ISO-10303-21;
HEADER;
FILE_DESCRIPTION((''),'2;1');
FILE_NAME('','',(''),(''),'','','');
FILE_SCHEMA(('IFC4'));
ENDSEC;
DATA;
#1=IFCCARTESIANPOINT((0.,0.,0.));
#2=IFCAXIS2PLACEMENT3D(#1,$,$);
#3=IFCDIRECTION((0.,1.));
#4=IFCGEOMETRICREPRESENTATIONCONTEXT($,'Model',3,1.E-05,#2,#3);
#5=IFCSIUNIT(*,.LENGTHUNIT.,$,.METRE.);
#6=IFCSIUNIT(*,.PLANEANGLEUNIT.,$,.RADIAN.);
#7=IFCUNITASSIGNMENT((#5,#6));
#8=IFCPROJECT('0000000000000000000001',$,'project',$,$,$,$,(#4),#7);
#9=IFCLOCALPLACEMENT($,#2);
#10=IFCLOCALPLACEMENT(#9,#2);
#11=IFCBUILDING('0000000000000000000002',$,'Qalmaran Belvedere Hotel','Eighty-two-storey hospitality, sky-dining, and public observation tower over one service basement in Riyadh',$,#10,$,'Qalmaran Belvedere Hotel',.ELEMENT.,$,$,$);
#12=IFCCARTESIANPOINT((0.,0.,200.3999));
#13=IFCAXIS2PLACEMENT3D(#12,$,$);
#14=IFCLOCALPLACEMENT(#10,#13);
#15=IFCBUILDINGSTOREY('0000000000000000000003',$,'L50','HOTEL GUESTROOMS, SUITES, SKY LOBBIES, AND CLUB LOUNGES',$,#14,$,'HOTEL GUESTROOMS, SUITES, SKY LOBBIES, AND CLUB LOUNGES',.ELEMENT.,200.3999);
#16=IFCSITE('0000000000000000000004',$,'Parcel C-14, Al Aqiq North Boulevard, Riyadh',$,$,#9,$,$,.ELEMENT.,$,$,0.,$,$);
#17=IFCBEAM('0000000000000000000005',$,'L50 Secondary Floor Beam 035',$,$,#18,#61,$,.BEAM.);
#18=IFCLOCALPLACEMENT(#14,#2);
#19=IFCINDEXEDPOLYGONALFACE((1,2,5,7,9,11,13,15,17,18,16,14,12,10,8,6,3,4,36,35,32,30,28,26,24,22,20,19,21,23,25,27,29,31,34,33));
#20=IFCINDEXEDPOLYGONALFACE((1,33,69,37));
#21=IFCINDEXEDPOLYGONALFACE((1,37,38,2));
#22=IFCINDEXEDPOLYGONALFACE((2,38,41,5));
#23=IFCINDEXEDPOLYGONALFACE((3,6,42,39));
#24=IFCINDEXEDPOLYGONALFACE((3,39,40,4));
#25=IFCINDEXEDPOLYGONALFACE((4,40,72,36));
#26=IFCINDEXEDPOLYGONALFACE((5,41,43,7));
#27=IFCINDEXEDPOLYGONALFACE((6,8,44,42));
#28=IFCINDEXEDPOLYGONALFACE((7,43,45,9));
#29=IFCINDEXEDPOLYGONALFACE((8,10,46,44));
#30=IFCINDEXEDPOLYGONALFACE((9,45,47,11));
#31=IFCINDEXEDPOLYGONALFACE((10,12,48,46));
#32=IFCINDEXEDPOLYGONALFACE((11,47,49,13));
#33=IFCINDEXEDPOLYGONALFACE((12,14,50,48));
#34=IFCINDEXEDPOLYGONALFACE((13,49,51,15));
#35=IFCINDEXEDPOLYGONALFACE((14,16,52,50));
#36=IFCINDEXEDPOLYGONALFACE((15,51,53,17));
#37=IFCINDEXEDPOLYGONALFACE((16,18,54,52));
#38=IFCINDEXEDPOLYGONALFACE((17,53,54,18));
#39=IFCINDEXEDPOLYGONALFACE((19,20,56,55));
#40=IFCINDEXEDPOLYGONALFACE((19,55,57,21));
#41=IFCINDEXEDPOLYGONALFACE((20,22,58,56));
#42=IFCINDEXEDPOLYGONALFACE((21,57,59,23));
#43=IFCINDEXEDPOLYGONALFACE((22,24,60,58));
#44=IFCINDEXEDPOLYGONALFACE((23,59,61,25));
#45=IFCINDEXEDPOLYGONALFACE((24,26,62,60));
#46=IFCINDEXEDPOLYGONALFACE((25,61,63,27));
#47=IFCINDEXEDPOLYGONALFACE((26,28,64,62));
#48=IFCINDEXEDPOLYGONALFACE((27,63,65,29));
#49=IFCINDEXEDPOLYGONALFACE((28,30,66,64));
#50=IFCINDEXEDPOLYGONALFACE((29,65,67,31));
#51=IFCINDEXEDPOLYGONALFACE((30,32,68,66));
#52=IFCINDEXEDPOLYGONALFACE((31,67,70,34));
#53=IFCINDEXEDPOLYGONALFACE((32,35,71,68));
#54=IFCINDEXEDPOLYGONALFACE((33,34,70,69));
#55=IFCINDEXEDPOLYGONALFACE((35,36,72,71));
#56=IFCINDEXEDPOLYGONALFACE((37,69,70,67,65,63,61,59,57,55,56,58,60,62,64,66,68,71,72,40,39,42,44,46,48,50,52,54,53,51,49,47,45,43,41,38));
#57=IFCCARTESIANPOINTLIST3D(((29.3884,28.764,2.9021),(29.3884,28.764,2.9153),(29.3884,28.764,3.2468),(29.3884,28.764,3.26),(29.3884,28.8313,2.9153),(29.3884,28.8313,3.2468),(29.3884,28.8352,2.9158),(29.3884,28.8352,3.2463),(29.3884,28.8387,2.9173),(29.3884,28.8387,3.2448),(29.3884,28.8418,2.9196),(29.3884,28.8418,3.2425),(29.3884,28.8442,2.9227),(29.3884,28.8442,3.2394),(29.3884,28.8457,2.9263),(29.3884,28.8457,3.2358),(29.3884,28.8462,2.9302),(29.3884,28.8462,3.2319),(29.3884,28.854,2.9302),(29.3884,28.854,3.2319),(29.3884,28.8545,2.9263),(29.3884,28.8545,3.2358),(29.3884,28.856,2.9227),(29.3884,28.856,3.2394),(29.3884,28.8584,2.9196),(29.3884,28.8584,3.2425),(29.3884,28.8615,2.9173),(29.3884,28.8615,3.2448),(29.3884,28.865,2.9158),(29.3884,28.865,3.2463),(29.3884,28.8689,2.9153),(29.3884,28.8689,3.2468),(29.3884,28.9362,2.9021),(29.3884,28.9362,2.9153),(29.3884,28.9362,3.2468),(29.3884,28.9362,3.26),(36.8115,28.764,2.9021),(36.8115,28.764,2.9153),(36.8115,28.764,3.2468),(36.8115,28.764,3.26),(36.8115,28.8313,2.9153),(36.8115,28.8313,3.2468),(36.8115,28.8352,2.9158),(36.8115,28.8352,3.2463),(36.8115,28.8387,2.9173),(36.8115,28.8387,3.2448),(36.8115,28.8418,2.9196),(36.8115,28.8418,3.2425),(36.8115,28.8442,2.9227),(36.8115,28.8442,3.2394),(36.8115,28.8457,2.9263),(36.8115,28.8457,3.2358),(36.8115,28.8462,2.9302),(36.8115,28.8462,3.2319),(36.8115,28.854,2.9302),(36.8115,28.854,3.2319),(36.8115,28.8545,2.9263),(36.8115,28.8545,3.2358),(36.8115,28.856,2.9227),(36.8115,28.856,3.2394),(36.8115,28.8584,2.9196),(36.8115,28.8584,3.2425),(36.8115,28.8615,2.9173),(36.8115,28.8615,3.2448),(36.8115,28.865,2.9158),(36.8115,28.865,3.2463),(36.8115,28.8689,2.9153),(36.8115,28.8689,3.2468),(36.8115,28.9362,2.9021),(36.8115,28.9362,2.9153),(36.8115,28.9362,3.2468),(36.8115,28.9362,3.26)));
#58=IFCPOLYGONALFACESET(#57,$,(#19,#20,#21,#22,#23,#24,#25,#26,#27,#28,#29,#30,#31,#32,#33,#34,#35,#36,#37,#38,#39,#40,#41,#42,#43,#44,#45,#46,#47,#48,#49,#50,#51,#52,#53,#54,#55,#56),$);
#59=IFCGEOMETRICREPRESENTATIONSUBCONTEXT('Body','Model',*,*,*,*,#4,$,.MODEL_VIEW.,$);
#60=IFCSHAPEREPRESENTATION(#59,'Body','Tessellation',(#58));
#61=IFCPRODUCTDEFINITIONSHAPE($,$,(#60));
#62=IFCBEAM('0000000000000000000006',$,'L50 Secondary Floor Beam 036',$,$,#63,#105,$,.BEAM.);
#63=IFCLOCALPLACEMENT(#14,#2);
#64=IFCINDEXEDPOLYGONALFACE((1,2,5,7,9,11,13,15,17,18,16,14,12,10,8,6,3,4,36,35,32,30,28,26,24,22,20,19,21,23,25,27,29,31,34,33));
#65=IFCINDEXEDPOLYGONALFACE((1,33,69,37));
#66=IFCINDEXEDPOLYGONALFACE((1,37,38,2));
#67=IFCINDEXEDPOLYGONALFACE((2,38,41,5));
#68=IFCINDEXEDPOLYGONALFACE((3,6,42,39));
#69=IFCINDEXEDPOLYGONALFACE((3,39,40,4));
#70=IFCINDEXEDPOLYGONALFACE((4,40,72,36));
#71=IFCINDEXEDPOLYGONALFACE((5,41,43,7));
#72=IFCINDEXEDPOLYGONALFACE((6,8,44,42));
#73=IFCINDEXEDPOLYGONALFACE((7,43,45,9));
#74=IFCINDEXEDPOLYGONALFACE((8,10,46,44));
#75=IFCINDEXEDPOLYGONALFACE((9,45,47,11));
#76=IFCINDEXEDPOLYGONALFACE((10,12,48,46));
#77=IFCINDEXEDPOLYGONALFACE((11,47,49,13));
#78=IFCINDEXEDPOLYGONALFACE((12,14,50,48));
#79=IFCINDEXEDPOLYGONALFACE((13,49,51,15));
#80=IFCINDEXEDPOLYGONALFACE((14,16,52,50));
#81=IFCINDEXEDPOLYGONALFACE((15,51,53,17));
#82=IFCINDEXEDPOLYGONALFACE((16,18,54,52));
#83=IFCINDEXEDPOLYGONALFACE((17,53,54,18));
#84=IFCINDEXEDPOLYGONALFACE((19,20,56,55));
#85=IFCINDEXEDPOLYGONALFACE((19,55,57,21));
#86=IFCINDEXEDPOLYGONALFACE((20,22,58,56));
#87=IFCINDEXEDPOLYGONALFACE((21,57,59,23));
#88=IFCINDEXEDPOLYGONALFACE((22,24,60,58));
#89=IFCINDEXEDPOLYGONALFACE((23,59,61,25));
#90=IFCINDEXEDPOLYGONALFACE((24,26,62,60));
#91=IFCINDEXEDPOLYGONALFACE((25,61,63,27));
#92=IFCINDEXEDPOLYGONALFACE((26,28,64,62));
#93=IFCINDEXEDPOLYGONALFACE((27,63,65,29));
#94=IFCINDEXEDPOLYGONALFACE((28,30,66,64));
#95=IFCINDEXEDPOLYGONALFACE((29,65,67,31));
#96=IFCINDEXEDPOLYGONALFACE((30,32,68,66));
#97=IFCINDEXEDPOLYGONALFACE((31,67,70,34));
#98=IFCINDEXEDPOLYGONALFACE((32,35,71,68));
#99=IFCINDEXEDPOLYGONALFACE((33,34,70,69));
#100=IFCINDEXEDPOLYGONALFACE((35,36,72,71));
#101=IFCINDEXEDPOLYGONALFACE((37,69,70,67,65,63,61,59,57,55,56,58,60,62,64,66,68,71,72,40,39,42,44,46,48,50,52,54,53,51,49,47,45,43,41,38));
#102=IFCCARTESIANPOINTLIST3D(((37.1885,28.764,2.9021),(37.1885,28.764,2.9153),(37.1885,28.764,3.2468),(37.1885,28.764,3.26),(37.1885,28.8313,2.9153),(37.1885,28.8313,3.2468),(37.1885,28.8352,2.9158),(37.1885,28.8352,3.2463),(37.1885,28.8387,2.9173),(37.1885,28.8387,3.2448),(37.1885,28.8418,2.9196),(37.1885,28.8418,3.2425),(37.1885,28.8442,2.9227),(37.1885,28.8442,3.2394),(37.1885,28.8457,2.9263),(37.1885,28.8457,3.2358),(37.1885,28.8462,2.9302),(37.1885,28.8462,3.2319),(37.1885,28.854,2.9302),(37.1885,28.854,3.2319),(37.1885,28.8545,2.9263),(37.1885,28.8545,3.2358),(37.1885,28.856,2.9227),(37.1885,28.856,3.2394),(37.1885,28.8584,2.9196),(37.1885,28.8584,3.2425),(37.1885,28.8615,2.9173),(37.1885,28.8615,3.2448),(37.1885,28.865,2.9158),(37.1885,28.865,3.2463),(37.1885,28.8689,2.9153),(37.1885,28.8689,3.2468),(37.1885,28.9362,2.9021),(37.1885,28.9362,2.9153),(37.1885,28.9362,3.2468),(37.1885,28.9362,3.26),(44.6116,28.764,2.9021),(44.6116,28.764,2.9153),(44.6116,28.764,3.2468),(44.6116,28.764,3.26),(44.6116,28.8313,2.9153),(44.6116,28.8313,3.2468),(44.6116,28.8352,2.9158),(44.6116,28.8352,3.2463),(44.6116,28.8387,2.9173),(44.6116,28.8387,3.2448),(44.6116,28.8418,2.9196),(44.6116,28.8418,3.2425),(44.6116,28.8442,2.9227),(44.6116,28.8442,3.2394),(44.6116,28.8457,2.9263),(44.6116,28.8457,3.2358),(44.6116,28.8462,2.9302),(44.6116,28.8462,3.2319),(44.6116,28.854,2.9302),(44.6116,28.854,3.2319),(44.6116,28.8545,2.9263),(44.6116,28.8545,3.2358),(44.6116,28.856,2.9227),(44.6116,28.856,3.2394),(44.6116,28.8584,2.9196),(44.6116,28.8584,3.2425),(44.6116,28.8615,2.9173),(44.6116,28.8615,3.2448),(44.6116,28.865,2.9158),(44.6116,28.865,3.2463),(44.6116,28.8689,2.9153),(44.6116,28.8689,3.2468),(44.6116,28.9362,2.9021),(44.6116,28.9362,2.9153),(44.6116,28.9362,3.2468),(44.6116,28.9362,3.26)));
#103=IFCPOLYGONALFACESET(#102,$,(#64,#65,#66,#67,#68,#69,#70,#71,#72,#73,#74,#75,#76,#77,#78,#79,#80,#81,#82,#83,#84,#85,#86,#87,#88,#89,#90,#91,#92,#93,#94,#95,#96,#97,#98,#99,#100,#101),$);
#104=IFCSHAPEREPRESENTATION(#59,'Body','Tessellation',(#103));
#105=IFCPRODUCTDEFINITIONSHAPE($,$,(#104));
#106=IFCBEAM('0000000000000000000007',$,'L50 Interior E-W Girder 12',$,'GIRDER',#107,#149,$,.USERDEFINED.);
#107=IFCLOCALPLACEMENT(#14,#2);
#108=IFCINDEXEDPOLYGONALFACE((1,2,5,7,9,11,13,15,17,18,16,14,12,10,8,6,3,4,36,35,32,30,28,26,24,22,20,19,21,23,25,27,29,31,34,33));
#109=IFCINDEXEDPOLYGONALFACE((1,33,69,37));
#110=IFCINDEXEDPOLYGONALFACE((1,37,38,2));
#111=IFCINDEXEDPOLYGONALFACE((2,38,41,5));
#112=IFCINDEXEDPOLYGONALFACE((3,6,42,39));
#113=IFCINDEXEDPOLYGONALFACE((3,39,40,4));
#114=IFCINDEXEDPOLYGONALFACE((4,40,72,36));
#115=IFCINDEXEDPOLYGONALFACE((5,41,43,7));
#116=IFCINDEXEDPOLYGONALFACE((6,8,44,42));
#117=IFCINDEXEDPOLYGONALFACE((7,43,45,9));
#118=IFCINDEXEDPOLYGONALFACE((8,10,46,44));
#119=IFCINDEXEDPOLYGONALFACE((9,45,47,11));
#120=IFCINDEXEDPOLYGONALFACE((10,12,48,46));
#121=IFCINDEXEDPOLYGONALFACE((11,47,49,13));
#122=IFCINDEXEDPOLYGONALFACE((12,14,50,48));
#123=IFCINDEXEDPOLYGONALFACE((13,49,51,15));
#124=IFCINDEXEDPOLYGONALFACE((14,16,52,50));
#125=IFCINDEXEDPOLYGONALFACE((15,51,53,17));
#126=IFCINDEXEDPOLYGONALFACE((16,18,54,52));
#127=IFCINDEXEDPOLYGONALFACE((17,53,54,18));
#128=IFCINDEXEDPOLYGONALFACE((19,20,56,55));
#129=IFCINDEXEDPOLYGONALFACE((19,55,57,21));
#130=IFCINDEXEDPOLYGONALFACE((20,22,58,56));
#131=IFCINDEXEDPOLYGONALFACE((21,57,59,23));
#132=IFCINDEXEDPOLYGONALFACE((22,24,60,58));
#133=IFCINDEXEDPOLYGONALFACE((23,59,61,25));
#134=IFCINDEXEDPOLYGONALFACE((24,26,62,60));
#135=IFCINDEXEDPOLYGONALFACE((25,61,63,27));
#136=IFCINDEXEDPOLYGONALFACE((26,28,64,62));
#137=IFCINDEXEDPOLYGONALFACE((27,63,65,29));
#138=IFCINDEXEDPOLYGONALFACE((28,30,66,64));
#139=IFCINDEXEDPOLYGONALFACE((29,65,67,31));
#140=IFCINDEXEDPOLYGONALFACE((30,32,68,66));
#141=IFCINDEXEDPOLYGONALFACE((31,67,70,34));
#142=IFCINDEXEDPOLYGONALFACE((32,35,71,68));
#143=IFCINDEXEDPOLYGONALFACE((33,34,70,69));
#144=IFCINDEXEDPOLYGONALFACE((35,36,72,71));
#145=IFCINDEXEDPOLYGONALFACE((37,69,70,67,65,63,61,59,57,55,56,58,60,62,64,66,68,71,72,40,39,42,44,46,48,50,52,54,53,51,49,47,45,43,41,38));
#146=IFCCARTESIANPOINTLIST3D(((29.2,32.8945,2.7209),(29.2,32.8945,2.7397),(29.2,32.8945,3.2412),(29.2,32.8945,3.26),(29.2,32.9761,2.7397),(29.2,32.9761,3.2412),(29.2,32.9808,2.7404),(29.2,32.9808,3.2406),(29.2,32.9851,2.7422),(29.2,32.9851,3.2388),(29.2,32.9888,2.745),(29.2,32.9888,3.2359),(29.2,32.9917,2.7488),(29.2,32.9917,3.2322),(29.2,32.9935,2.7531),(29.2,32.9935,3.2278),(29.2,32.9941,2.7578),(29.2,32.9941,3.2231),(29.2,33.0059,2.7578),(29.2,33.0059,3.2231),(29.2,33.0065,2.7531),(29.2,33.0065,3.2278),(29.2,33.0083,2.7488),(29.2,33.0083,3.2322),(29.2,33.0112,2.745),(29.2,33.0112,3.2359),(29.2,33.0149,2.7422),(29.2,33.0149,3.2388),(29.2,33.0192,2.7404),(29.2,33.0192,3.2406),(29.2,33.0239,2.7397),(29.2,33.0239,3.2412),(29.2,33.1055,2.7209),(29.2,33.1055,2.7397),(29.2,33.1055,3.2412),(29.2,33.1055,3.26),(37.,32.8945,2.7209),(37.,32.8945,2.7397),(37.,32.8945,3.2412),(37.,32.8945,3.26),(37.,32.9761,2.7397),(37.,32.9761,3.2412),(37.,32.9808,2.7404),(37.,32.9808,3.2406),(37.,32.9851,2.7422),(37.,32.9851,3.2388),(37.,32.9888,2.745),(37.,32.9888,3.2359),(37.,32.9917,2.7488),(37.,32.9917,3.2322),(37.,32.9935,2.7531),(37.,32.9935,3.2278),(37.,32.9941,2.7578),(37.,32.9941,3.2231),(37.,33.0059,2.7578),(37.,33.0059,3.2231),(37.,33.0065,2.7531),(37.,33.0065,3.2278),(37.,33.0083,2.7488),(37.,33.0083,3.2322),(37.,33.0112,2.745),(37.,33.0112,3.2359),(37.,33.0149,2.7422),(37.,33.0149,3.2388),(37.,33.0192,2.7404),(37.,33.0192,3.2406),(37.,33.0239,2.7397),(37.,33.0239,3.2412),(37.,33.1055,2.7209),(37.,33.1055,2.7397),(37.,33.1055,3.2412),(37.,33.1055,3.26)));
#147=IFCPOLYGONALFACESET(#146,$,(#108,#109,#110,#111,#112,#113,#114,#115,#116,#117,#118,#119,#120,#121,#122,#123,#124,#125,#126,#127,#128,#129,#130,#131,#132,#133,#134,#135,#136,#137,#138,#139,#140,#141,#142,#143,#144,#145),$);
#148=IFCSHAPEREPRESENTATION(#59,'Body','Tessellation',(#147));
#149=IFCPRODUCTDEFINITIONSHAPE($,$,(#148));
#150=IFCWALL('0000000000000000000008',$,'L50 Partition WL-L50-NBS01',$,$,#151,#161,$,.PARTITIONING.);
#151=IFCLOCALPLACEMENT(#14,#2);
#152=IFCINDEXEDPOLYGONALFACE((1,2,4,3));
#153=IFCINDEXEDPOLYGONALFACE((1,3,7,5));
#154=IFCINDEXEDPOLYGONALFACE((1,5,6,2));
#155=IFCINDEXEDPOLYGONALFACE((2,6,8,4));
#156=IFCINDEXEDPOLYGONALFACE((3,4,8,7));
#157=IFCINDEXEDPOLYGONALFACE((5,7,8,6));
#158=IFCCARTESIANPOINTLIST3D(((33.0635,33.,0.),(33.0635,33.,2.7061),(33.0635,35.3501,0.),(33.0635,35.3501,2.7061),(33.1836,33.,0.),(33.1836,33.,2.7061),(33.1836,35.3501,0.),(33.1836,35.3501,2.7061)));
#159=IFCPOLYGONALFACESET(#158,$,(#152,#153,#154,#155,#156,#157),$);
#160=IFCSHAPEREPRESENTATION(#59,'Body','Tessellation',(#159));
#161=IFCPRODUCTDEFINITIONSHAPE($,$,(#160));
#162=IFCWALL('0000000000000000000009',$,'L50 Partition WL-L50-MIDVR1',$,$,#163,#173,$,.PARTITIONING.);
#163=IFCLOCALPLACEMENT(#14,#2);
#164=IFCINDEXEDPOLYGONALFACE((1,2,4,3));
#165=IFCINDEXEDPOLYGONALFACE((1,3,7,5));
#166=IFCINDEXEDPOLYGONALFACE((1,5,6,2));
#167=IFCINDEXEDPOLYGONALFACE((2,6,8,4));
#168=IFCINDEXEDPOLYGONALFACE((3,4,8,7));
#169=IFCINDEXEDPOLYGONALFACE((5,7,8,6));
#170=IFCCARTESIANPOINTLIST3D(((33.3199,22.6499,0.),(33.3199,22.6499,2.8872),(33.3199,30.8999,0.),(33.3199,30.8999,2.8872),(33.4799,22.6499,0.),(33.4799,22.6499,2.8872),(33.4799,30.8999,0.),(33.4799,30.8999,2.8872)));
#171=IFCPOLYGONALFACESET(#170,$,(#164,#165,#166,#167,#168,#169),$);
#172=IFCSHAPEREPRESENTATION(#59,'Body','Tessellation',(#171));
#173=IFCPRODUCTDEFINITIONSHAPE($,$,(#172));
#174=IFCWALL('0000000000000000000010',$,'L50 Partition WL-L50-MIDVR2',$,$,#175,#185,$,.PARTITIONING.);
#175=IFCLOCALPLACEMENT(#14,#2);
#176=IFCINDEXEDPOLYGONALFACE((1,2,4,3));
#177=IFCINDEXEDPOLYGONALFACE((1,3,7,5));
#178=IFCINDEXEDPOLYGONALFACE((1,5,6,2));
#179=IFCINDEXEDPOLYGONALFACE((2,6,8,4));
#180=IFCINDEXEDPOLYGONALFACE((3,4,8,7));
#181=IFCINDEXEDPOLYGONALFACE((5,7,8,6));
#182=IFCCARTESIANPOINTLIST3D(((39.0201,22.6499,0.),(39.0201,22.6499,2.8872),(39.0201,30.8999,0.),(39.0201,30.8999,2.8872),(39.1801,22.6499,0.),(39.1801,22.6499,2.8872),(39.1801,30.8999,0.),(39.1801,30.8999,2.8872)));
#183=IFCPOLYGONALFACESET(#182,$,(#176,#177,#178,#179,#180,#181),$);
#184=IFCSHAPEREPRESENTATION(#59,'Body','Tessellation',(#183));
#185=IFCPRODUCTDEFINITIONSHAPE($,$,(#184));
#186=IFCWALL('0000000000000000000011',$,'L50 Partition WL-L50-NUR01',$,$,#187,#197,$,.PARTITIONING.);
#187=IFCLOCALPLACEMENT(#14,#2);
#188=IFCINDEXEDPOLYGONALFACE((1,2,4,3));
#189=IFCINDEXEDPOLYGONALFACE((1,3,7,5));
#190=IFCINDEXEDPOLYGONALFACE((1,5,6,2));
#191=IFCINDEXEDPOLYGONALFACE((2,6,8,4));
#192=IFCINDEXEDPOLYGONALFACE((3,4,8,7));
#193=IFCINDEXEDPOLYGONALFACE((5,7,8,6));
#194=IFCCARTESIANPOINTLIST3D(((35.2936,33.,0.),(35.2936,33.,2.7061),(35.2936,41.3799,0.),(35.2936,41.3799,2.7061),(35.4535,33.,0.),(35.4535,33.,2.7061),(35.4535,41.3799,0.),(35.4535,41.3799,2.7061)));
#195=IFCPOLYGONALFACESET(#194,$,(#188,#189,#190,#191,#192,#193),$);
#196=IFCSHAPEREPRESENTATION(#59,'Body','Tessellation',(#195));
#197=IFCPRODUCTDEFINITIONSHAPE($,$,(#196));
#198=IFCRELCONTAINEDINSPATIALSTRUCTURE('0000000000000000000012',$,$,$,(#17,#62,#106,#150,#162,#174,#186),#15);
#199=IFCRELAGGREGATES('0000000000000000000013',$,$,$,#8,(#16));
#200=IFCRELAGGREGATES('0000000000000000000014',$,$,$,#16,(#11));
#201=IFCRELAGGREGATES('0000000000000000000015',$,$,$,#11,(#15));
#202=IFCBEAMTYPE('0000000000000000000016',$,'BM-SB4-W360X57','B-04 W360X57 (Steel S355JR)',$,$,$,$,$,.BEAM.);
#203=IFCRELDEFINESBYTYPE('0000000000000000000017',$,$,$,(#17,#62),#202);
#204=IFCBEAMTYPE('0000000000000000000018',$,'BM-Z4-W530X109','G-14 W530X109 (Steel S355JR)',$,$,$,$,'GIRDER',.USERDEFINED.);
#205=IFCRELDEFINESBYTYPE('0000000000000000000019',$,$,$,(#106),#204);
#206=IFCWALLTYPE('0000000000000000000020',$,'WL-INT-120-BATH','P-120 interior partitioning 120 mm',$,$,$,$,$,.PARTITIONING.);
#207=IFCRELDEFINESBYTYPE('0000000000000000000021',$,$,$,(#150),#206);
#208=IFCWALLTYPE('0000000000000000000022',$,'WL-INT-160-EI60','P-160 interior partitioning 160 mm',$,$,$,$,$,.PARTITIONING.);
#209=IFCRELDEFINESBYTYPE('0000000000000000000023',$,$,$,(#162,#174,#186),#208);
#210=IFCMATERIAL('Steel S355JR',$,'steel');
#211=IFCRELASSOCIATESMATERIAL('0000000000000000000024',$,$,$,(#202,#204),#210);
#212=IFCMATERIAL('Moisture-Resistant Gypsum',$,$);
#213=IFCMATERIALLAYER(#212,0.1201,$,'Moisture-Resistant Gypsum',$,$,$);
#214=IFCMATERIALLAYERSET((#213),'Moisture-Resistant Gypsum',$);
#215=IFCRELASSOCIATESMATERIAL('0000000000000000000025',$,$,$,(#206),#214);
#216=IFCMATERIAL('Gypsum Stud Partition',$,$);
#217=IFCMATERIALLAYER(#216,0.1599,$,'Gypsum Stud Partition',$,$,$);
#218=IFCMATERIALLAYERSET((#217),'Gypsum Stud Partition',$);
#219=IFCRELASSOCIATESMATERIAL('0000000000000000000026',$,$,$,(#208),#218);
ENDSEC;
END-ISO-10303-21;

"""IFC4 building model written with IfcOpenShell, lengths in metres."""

from ifc_helpers import new_model, si_unit, direction, frame, frame_2d, origin, origin_2d, place, context, subcontext, project, spatial, rectangle, i_section, extrude, material, layer, layer_set, material_profile, profile_set, type_object, element, save


model = new_model("IFC4")

# Units and contexts
model_context = context("Model", 3, precision=1e-05, world=origin(), true_north=direction((0.0, 1.0)))
body_context = subcontext(model_context, "Body", "Model", "MODEL_VIEW")
ifc_project = project(units=[si_unit("LENGTHUNIT", "METRE"), si_unit("PLANEANGLEUNIT", "RADIAN")], contexts=[model_context])

# Site, building, storey
site_placement = place(None, origin())
site = spatial("IfcSite", under=ifc_project, at=site_placement, Name="Parcel C-14, Al Aqiq North Boulevard, Riyadh", CompositionType="ELEMENT", RefElevation=0.0)
building_placement = place(site_placement, origin())
building = spatial("IfcBuilding", under=site, at=building_placement, Name="Qalmaran Belvedere Hotel", Description="Eighty-two-storey hospitality, sky-dining, and public observation tower over one service basement in Riyadh", LongName="Qalmaran Belvedere Hotel", CompositionType="ELEMENT")
storey_placement = place(building_placement, frame((0.0, 0.0, 200.3999)))
storey = spatial("IfcBuildingStorey", under=building, at=storey_placement, Name="L50", Description="HOTEL GUESTROOMS, SUITES, SKY LOBBIES, AND CLUB LOUNGES", LongName="HOTEL GUESTROOMS, SUITES, SKY LOBBIES, AND CLUB LOUNGES", CompositionType="ELEMENT", Elevation=200.3999)

# Beams
ifc_material_1 = material(Name="Steel S355JR", Category="steel")
ifc_material_profile_1 = material_profile(ifc_material_1, i_section(OverallWidth=0.1721, OverallDepth=0.3579, WebThickness=0.0078, FlangeThickness=0.0132, FilletRadius=0.0149, at=origin_2d()), Name="W360X57")
ifc_profile_set_1 = profile_set([ifc_material_profile_1], Name="Steel S355JR")
beam_type_1 = type_object("IfcBeamType", Name="BM-SB4-W360X57", Description="B-04 W360X57 (Steel S355JR)", PredefinedType="BEAM", material=ifc_profile_set_1)
for number, where, z_axis, x_axis, name in (
    (1, (29.3884, 28.8501, 3.0811), (1.0, 0.0, 0.0), (0.0, 1.0, 0.0), "L50 Secondary Floor Beam 035"),
    (2, (37.1885, 28.8501, 3.0811), (1.0, 0.0, 0.0), (0.0, 1.0, 0.0), "L50 Secondary Floor Beam 036"),
):
    element("IfcBeam", number, at=place(storey_placement, frame(where, z_axis=z_axis, x_axis=x_axis)), inside=storey, type_object=beam_type_1, Name=name, PredefinedType="BEAM", context=body_context, shape_type="SweptSolid", body=[
        extrude(i_section(OverallWidth=0.1721, OverallDepth=0.3579, WebThickness=0.0078, FlangeThickness=0.0132, FilletRadius=0.0149, at=origin_2d()), origin(), (0.0, 0.0, 1.0), 7.4231),
    ])
ifc_material_profile_2 = material_profile(ifc_material_1, i_section(OverallWidth=0.2109, OverallDepth=0.5391, WebThickness=0.0117, FlangeThickness=0.0188, FilletRadius=0.0181, at=origin_2d()), Name="W530X109")
ifc_profile_set_2 = profile_set([ifc_material_profile_2], Name="Steel S355JR")
beam_type_2 = type_object("IfcBeamType", Name="BM-Z4-W530X109", Description="G-14 W530X109 (Steel S355JR)", ElementType="GIRDER", PredefinedType="USERDEFINED", material=ifc_profile_set_2)
beam_1_placement = place(storey_placement, frame((29.2, 33.0, 2.9905), z_axis=(1.0, 0.0, 0.0), x_axis=(0.0, 1.0, 0.0)))
element("IfcBeam", 3, at=beam_1_placement, inside=storey, type_object=beam_type_2, Name="L50 Interior E-W Girder 12", ObjectType="GIRDER", PredefinedType="USERDEFINED", context=body_context, shape_type="SweptSolid", body=[
    extrude(i_section(OverallWidth=0.2109, OverallDepth=0.5391, WebThickness=0.0117, FlangeThickness=0.0188, FilletRadius=0.0181, at=origin_2d()), origin(), (0.0, 0.0, 1.0), 7.8),
])

# Walls
ifc_material_2 = material(Name="Moisture-Resistant Gypsum")
ifc_layer_1 = layer(ifc_material_2, 0.1201, Name="Moisture-Resistant Gypsum")
ifc_layer_set_1 = layer_set([ifc_layer_1], Name="Moisture-Resistant Gypsum")
wall_type_1 = type_object("IfcWallType", Name="WL-INT-120-BATH", Description="P-120 interior partitioning 120 mm", PredefinedType="PARTITIONING", material=ifc_layer_set_1)
wall_1_placement = place(storey_placement, frame((33.1235, 33.0, 0.0), z_axis=(0.0, 0.0, 1.0), x_axis=(0.0, 1.0, 0.0)))
element("IfcWall", 4, at=wall_1_placement, inside=storey, type_object=wall_type_1, Name="L50 Partition WL-L50-NBS01", PredefinedType="PARTITIONING", context=body_context, shape_type="SweptSolid", body=[
    extrude(rectangle(XDim=2.3501, YDim=0.1201, at=frame_2d((1.175, 0.0))), origin(), (0.0, 0.0, 1.0), 2.7061),
])
ifc_material_3 = material(Name="Gypsum Stud Partition")
ifc_layer_2 = layer(ifc_material_3, 0.1599, Name="Gypsum Stud Partition")
ifc_layer_set_2 = layer_set([ifc_layer_2], Name="Gypsum Stud Partition")
wall_type_2 = type_object("IfcWallType", Name="WL-INT-160-EI60", Description="P-160 interior partitioning 160 mm", PredefinedType="PARTITIONING", material=ifc_layer_set_2)
for number, where, z_axis, x_axis, name in (
    (5, (33.3999, 22.6499, 0.0), (0.0, 0.0, 1.0), (0.0, 1.0, 0.0), "L50 Partition WL-L50-MIDVR1"),
    (6, (39.1001, 22.6499, 0.0), (0.0, 0.0, 1.0), (0.0, 1.0, 0.0), "L50 Partition WL-L50-MIDVR2"),
):
    element("IfcWall", number, at=place(storey_placement, frame(where, z_axis=z_axis, x_axis=x_axis)), inside=storey, type_object=wall_type_2, Name=name, PredefinedType="PARTITIONING", context=body_context, shape_type="SweptSolid", body=[
        extrude(rectangle(XDim=8.25, YDim=0.1599, at=frame_2d((4.125, 0.0))), origin(), (0.0, 0.0, 1.0), 2.8872),
    ])
wall_2_placement = place(storey_placement, frame((35.3735, 33.0, 0.0), z_axis=(0.0, 0.0, 1.0), x_axis=(0.0, 1.0, 0.0)))
element("IfcWall", 7, at=wall_2_placement, inside=storey, type_object=wall_type_2, Name="L50 Partition WL-L50-NUR01", PredefinedType="PARTITIONING", context=body_context, shape_type="SweptSolid", body=[
    extrude(rectangle(XDim=8.3799, YDim=0.1599, at=frame_2d((4.1899, 0.0))), origin(), (0.0, 0.0, 1.0), 2.7061),
])

save(model, "model.ifc")
